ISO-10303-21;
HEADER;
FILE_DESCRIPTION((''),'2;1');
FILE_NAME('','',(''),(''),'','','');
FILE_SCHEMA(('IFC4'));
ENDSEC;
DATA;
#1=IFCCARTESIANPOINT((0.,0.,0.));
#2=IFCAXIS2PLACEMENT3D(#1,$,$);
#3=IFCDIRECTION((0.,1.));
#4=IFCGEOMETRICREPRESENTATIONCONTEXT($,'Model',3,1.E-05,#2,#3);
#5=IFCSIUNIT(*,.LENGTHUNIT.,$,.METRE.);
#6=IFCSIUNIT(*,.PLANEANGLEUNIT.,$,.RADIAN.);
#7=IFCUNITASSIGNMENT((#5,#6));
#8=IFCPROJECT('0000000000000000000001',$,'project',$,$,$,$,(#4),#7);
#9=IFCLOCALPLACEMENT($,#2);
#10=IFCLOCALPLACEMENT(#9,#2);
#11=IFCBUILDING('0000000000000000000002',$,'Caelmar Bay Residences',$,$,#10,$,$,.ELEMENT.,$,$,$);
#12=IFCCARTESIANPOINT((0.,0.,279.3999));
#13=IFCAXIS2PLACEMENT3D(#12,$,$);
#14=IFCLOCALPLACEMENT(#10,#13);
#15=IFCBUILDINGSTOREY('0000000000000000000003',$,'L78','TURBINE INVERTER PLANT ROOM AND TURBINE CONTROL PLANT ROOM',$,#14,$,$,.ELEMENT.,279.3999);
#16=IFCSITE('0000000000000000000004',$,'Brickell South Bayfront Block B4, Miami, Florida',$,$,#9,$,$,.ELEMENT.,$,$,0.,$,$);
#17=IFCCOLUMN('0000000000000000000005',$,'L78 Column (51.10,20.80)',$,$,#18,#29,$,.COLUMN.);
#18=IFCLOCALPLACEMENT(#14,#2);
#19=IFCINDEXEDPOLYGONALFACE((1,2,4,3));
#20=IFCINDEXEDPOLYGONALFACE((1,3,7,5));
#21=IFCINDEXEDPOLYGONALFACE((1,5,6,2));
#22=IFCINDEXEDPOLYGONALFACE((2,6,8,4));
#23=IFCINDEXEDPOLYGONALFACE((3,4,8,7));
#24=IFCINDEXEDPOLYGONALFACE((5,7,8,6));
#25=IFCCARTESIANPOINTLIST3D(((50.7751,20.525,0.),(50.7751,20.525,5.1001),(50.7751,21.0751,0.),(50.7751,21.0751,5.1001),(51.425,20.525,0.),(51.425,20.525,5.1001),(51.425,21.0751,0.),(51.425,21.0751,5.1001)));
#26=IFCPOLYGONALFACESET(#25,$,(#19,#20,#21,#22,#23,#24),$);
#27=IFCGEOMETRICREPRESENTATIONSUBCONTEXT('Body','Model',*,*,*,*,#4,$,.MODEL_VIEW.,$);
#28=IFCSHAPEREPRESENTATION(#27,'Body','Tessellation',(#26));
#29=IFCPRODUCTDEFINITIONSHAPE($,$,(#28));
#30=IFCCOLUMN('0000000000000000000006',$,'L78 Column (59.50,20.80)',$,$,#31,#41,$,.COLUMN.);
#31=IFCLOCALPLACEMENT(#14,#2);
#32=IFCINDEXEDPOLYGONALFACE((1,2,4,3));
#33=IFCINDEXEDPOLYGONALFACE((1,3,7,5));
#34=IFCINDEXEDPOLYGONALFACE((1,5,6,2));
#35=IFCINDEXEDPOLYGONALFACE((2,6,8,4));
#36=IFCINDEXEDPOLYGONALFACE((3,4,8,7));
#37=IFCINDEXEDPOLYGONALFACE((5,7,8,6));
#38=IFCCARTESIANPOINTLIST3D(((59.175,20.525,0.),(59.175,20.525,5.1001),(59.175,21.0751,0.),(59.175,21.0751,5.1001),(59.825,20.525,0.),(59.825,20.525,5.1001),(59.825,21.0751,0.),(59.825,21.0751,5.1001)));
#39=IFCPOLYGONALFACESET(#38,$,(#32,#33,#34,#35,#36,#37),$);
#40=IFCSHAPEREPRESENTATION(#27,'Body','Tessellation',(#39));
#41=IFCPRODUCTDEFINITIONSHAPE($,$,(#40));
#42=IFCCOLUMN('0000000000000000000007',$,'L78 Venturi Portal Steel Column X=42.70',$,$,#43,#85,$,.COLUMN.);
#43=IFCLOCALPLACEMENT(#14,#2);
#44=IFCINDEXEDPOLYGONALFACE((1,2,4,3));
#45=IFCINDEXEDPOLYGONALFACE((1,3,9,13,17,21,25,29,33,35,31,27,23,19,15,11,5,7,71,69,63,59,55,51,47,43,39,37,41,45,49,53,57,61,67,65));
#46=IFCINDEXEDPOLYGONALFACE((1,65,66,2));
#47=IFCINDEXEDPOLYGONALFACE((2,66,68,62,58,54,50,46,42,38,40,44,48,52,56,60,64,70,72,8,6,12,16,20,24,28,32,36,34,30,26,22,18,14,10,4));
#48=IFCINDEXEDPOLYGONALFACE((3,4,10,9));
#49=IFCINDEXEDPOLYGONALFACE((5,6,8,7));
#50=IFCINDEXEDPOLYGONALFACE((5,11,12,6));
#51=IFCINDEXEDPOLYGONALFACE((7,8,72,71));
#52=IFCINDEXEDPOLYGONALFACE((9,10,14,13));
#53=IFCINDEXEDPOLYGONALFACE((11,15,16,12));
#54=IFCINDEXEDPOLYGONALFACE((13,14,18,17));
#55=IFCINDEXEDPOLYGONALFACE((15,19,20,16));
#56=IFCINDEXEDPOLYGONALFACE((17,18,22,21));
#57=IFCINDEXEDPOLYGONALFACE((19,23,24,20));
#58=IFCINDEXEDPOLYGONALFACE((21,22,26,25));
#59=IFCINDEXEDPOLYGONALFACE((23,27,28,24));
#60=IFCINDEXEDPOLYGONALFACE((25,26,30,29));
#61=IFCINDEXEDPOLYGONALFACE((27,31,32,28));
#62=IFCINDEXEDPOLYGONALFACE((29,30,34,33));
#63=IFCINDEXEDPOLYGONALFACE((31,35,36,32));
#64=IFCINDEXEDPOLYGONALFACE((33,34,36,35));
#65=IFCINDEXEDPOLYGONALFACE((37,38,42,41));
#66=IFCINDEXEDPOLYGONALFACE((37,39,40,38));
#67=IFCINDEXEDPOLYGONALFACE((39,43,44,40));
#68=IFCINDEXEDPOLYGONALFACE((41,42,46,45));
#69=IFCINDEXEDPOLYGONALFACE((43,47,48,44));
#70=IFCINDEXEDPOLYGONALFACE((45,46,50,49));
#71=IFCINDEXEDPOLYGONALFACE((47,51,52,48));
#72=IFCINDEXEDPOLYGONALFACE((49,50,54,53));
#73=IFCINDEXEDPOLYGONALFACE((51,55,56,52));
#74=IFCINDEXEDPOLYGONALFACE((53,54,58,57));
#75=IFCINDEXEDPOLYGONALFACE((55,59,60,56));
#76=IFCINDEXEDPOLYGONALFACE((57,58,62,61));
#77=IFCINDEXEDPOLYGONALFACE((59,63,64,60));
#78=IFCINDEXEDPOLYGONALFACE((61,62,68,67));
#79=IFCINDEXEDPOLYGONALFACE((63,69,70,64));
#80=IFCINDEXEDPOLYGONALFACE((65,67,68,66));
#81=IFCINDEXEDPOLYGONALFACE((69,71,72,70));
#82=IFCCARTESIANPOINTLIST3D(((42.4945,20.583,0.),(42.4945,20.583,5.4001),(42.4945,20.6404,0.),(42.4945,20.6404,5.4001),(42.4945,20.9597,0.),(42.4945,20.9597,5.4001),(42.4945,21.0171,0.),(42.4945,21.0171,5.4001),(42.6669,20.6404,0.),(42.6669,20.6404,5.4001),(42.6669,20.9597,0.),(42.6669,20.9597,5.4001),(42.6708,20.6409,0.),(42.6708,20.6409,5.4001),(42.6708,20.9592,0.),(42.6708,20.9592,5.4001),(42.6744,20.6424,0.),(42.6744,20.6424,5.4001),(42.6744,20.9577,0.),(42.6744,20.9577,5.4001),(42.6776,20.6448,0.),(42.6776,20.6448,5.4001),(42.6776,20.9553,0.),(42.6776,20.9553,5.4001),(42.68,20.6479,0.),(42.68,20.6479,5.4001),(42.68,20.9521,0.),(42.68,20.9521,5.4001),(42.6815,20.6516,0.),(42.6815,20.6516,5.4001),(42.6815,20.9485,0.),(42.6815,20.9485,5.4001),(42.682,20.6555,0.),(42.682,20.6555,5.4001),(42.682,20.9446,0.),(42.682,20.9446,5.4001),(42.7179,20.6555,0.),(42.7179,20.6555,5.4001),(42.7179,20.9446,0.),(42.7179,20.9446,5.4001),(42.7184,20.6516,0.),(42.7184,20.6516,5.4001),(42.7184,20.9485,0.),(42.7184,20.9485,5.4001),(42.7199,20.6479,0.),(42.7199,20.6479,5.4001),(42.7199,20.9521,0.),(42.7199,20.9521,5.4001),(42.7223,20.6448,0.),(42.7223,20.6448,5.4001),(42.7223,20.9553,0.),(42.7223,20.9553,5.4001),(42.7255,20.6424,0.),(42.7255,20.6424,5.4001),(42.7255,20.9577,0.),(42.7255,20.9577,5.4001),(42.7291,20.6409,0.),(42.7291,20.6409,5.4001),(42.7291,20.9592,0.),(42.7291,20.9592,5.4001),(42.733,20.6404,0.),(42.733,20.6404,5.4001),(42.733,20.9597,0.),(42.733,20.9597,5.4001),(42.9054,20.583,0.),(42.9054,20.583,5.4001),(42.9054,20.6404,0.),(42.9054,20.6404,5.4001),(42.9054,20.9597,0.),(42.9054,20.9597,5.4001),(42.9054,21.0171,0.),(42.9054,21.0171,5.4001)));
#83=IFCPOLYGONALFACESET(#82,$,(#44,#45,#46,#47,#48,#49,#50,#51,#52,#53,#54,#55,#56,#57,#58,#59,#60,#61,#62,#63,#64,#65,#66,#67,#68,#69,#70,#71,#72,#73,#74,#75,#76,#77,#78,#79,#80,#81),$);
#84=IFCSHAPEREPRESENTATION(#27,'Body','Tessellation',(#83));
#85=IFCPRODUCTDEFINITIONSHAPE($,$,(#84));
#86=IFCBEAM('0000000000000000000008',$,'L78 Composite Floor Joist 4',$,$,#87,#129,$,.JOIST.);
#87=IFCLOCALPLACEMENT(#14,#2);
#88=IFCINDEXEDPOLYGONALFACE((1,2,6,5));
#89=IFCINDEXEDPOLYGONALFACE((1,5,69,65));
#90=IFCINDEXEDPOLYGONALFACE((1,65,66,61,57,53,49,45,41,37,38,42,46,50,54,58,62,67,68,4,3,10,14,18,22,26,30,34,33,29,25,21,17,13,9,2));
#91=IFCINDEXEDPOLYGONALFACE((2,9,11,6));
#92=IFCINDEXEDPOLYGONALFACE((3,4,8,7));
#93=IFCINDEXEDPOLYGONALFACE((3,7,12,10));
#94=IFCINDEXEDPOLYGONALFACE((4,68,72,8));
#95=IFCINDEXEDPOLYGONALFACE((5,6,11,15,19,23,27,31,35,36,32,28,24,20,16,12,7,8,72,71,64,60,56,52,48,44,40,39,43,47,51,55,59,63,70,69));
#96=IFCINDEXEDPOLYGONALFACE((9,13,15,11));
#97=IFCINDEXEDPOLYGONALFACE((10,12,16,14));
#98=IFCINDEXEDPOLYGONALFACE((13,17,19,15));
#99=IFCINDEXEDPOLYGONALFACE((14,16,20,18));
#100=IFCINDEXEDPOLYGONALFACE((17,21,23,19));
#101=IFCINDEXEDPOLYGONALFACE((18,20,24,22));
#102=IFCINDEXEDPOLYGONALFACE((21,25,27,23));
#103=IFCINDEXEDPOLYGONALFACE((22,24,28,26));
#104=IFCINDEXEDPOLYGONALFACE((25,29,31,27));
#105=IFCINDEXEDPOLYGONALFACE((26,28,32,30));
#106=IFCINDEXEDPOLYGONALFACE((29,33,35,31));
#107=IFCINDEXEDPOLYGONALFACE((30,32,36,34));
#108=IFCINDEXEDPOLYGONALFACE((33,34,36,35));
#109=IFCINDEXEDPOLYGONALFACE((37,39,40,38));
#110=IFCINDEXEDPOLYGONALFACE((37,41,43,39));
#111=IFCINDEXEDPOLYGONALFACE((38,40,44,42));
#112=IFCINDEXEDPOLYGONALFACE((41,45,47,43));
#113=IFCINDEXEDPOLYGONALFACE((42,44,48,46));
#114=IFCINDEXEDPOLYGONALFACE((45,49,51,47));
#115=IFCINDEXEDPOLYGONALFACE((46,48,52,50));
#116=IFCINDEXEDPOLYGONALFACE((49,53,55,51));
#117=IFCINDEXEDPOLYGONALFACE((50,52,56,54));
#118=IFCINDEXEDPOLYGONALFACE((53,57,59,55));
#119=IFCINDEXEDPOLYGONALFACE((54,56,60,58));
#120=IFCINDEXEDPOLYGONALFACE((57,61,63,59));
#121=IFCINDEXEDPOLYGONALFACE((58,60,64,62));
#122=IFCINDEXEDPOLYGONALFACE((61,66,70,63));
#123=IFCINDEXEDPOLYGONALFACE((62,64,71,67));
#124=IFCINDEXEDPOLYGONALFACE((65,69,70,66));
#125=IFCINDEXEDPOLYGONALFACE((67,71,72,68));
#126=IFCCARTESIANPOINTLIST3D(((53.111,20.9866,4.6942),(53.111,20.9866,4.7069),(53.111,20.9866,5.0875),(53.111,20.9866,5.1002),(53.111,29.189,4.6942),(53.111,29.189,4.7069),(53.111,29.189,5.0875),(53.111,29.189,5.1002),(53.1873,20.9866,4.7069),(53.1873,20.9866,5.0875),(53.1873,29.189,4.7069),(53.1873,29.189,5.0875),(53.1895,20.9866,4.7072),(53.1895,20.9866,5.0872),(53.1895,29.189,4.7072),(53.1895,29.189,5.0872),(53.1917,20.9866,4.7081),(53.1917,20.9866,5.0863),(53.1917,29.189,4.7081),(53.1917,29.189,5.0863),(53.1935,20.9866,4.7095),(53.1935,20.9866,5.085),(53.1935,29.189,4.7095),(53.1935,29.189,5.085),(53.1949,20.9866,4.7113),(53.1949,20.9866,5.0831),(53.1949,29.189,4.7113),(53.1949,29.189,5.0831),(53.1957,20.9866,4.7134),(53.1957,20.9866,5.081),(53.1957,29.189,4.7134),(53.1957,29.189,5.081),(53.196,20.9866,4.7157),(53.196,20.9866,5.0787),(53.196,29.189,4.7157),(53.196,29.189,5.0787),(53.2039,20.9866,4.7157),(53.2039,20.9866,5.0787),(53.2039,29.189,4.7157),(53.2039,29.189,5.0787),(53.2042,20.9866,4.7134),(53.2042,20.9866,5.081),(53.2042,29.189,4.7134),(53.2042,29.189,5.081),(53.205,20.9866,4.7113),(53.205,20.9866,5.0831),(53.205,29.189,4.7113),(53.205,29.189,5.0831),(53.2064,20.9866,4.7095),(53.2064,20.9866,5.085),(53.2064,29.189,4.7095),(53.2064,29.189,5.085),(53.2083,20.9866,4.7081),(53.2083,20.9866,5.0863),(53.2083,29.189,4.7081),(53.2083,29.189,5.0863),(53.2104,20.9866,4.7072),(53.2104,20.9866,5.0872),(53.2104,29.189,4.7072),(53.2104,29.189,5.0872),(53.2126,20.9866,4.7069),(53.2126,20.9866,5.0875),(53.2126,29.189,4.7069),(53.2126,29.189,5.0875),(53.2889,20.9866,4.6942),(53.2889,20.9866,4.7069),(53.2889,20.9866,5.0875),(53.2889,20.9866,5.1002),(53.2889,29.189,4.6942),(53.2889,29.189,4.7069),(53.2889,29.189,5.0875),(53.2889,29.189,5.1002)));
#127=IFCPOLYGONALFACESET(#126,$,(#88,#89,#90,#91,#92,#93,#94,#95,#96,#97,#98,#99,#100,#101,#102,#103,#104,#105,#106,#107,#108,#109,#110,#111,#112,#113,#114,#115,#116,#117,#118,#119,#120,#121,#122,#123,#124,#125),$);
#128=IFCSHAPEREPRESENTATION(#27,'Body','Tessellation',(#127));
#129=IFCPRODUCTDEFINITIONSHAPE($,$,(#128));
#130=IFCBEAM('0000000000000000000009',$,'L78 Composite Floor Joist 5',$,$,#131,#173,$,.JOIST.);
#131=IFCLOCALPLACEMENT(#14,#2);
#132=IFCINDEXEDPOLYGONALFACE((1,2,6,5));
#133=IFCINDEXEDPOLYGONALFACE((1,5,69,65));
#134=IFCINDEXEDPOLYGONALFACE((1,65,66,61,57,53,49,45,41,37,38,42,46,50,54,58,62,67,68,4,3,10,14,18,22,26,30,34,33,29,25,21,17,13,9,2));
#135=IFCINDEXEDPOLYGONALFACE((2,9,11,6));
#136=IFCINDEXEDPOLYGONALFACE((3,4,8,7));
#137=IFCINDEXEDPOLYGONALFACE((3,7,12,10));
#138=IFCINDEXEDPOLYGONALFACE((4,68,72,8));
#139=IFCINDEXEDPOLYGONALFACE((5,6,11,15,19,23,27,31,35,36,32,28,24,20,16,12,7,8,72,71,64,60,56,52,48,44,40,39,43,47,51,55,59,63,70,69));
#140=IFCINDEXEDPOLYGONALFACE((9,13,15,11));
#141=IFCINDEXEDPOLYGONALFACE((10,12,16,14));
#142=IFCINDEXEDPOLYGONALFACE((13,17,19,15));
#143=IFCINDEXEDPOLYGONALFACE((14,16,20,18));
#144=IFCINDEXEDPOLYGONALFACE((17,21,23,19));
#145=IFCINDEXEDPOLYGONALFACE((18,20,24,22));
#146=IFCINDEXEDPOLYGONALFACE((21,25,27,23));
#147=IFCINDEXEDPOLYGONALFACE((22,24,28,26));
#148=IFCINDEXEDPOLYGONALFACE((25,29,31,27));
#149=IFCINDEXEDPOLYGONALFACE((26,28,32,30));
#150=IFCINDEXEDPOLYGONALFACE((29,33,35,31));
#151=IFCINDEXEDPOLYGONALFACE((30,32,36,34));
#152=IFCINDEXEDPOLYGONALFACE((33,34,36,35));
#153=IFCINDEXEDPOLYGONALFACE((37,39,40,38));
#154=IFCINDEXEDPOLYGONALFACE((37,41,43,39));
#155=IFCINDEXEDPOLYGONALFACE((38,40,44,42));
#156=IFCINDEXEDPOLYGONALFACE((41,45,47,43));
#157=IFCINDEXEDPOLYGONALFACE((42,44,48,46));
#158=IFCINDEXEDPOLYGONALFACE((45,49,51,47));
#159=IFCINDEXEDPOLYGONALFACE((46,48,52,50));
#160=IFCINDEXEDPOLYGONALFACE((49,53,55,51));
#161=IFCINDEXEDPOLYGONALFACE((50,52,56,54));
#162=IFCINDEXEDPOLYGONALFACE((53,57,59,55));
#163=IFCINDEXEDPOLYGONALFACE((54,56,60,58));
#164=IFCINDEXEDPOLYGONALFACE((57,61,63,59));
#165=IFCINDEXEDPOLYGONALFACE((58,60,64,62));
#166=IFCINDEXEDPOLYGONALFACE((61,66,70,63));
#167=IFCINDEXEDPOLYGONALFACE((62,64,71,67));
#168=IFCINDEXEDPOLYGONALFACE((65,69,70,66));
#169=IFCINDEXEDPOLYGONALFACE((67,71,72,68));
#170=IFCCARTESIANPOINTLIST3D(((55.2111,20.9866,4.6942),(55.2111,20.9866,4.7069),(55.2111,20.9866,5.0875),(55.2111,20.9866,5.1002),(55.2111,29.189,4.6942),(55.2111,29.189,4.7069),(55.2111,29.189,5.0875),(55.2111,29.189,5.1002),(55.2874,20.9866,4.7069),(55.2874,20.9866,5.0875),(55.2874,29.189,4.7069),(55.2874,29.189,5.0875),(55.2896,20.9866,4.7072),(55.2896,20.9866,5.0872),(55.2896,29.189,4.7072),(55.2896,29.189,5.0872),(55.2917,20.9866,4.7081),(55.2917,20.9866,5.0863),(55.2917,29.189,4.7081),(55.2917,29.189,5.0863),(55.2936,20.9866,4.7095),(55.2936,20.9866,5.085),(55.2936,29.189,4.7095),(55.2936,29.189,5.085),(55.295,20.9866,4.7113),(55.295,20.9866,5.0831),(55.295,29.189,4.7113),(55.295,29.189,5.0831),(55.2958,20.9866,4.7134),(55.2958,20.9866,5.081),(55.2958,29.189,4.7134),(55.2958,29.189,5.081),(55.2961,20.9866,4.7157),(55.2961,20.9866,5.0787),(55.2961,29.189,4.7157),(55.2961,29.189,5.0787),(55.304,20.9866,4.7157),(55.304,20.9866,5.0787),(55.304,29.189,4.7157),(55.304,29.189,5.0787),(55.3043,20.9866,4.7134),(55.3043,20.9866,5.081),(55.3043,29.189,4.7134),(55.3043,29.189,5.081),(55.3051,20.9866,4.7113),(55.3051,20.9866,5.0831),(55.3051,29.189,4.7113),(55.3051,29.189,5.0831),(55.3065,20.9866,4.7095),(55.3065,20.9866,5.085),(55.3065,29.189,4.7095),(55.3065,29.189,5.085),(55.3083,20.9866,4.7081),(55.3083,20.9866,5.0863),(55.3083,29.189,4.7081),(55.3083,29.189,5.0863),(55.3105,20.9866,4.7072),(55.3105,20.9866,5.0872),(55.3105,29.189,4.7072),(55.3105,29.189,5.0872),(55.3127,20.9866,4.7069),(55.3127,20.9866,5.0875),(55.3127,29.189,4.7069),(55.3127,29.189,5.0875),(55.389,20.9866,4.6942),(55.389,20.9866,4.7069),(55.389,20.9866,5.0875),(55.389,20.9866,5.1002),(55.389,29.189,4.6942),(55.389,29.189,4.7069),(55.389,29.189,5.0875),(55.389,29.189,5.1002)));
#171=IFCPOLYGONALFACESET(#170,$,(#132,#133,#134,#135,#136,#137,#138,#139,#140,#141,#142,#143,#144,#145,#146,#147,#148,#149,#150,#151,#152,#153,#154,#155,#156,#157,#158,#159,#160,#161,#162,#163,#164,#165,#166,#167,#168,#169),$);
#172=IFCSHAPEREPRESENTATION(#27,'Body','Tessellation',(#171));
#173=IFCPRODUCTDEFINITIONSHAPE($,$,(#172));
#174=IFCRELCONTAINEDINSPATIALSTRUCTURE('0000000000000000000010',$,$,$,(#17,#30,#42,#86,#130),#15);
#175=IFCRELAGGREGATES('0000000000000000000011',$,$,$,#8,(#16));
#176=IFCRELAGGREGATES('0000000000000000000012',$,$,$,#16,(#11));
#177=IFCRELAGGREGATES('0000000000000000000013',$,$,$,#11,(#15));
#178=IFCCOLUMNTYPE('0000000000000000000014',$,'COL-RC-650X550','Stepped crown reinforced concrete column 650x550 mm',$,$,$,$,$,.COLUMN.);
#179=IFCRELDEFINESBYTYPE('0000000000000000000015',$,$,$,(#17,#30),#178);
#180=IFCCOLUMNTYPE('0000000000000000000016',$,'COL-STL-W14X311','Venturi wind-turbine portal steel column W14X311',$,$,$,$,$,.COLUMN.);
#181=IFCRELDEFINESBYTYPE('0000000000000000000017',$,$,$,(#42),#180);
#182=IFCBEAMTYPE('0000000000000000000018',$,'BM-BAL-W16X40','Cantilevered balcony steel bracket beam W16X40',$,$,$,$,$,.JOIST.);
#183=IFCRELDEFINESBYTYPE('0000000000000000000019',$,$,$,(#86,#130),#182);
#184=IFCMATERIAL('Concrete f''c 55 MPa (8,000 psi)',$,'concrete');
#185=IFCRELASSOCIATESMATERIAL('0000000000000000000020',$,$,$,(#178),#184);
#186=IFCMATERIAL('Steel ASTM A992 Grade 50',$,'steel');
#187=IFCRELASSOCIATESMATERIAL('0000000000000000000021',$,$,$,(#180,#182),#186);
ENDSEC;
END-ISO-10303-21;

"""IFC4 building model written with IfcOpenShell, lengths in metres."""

from ifc_helpers import new_model, si_unit, direction, frame, origin, origin_2d, place, context, subcontext, project, spatial, rectangle, i_section, extrude, material, material_profile, profile_set, type_object, element, save


model = new_model("IFC4")

# Units and contexts
model_context = context("Model", 3, precision=1e-05, world=origin(), true_north=direction((0.0, 1.0)))
body_context = subcontext(model_context, "Body", "Model", "MODEL_VIEW")
ifc_project = project(units=[si_unit("LENGTHUNIT", "METRE"), si_unit("PLANEANGLEUNIT", "RADIAN")], contexts=[model_context])

# Site, building, storey
site_placement = place(None, origin())
site = spatial("IfcSite", under=ifc_project, at=site_placement, Name="Brickell South Bayfront Block B4, Miami, Florida", CompositionType="ELEMENT", RefElevation=0.0)
building_placement = place(site_placement, origin())
building = spatial("IfcBuilding", under=site, at=building_placement, Name="Caelmar Bay Residences", CompositionType="ELEMENT")
storey_placement = place(building_placement, frame((0.0, 0.0, 279.3999)))
storey = spatial("IfcBuildingStorey", under=building, at=storey_placement, Name="L78", Description="TURBINE INVERTER PLANT ROOM AND TURBINE CONTROL PLANT ROOM", CompositionType="ELEMENT", Elevation=279.3999)

# Columns
ifc_material_1 = material(Name="Concrete f'c 55 MPa (8,000 psi)", Category="concrete")
ifc_material_profile_1 = material_profile(ifc_material_1, rectangle(XDim=0.6499, YDim=0.55, at=origin_2d()), Name="RC-COL-650X550")
ifc_profile_set_1 = profile_set([ifc_material_profile_1], Name="Concrete f'c 55 MPa (8,000 psi)")
column_type_1 = type_object("IfcColumnType", Name="COL-RC-650X550", Description="Stepped crown reinforced concrete column 650x550 mm", PredefinedType="COLUMN", material=ifc_profile_set_1)
for number, where, z_axis, x_axis, name in (
    (1, (51.1001, 20.8, 0.0), (0.0, 0.0, 1.0), (1.0, 0.0, 0.0), "L78 Column (51.10,20.80)"),
    (2, (59.5, 20.8, 0.0), (0.0, 0.0, 1.0), (1.0, 0.0, 0.0), "L78 Column (59.50,20.80)"),
):
    element("IfcColumn", number, at=place(storey_placement, frame(where, z_axis=z_axis, x_axis=x_axis)), inside=storey, type_object=column_type_1, Name=name, PredefinedType="COLUMN", context=body_context, shape_type="SweptSolid", body=[
        extrude(rectangle(XDim=0.6499, YDim=0.55, at=origin_2d()), origin(), (0.0, 0.0, 1.0), 5.1001),
    ])
ifc_material_2 = material(Name="Steel ASTM A992 Grade 50", Category="steel")
ifc_material_profile_2 = material_profile(ifc_material_2, i_section(OverallWidth=0.4109, OverallDepth=0.4341, WebThickness=0.0359, FlangeThickness=0.0574, FilletRadius=0.0151, at=origin_2d()), Name="W14X311")
ifc_profile_set_2 = profile_set([ifc_material_profile_2], Name="Steel ASTM A992 Grade 50")
column_type_2 = type_object("IfcColumnType", Name="COL-STL-W14X311", Description="Venturi wind-turbine portal steel column W14X311", PredefinedType="COLUMN", material=ifc_profile_set_2)
column_placement = place(storey_placement, frame((42.7, 20.8, 0.0), z_axis=(0.0, 0.0, 1.0), x_axis=(1.0, 0.0, 0.0)))
element("IfcColumn", 3, at=column_placement, inside=storey, type_object=column_type_2, Name="L78 Venturi Portal Steel Column X=42.70", PredefinedType="COLUMN", context=body_context, shape_type="SweptSolid", body=[
    extrude(i_section(OverallWidth=0.4109, OverallDepth=0.4341, WebThickness=0.0359, FlangeThickness=0.0574, FilletRadius=0.0151, at=origin_2d()), origin(), (0.0, 0.0, 1.0), 5.4001),
])

# Beams
ifc_material_profile_3 = material_profile(ifc_material_2, i_section(OverallWidth=0.178, OverallDepth=0.406, WebThickness=0.0078, FlangeThickness=0.0127, FilletRadius=0.0088, at=origin_2d()), Name="W16X40")
ifc_profile_set_3 = profile_set([ifc_material_profile_3], Name="Steel ASTM A992 Grade 50")
beam_type_1 = type_object("IfcBeamType", Name="BM-BAL-W16X40", Description="Cantilevered balcony steel bracket beam W16X40", PredefinedType="JOIST", material=ifc_profile_set_3)
for number, where, z_axis, x_axis, name in (
    (4, (53.2, 20.9866, 4.8972), (0.0, 1.0, 0.0), (-1.0, 0.0, 0.0), "L78 Composite Floor Joist 4"),
    (5, (55.3, 20.9866, 4.8972), (0.0, 1.0, 0.0), (-1.0, 0.0, 0.0), "L78 Composite Floor Joist 5"),
):
    element("IfcBeam", number, at=place(storey_placement, frame(where, z_axis=z_axis, x_axis=x_axis)), inside=storey, type_object=beam_type_1, Name=name, PredefinedType="JOIST", context=body_context, shape_type="SweptSolid", body=[
        extrude(i_section(OverallWidth=0.178, OverallDepth=0.406, WebThickness=0.0078, FlangeThickness=0.0127, FilletRadius=0.0088, at=origin_2d()), origin(), (0.0, 0.0, 1.0), 8.2024),
    ])

save(model, "model.ifc")
